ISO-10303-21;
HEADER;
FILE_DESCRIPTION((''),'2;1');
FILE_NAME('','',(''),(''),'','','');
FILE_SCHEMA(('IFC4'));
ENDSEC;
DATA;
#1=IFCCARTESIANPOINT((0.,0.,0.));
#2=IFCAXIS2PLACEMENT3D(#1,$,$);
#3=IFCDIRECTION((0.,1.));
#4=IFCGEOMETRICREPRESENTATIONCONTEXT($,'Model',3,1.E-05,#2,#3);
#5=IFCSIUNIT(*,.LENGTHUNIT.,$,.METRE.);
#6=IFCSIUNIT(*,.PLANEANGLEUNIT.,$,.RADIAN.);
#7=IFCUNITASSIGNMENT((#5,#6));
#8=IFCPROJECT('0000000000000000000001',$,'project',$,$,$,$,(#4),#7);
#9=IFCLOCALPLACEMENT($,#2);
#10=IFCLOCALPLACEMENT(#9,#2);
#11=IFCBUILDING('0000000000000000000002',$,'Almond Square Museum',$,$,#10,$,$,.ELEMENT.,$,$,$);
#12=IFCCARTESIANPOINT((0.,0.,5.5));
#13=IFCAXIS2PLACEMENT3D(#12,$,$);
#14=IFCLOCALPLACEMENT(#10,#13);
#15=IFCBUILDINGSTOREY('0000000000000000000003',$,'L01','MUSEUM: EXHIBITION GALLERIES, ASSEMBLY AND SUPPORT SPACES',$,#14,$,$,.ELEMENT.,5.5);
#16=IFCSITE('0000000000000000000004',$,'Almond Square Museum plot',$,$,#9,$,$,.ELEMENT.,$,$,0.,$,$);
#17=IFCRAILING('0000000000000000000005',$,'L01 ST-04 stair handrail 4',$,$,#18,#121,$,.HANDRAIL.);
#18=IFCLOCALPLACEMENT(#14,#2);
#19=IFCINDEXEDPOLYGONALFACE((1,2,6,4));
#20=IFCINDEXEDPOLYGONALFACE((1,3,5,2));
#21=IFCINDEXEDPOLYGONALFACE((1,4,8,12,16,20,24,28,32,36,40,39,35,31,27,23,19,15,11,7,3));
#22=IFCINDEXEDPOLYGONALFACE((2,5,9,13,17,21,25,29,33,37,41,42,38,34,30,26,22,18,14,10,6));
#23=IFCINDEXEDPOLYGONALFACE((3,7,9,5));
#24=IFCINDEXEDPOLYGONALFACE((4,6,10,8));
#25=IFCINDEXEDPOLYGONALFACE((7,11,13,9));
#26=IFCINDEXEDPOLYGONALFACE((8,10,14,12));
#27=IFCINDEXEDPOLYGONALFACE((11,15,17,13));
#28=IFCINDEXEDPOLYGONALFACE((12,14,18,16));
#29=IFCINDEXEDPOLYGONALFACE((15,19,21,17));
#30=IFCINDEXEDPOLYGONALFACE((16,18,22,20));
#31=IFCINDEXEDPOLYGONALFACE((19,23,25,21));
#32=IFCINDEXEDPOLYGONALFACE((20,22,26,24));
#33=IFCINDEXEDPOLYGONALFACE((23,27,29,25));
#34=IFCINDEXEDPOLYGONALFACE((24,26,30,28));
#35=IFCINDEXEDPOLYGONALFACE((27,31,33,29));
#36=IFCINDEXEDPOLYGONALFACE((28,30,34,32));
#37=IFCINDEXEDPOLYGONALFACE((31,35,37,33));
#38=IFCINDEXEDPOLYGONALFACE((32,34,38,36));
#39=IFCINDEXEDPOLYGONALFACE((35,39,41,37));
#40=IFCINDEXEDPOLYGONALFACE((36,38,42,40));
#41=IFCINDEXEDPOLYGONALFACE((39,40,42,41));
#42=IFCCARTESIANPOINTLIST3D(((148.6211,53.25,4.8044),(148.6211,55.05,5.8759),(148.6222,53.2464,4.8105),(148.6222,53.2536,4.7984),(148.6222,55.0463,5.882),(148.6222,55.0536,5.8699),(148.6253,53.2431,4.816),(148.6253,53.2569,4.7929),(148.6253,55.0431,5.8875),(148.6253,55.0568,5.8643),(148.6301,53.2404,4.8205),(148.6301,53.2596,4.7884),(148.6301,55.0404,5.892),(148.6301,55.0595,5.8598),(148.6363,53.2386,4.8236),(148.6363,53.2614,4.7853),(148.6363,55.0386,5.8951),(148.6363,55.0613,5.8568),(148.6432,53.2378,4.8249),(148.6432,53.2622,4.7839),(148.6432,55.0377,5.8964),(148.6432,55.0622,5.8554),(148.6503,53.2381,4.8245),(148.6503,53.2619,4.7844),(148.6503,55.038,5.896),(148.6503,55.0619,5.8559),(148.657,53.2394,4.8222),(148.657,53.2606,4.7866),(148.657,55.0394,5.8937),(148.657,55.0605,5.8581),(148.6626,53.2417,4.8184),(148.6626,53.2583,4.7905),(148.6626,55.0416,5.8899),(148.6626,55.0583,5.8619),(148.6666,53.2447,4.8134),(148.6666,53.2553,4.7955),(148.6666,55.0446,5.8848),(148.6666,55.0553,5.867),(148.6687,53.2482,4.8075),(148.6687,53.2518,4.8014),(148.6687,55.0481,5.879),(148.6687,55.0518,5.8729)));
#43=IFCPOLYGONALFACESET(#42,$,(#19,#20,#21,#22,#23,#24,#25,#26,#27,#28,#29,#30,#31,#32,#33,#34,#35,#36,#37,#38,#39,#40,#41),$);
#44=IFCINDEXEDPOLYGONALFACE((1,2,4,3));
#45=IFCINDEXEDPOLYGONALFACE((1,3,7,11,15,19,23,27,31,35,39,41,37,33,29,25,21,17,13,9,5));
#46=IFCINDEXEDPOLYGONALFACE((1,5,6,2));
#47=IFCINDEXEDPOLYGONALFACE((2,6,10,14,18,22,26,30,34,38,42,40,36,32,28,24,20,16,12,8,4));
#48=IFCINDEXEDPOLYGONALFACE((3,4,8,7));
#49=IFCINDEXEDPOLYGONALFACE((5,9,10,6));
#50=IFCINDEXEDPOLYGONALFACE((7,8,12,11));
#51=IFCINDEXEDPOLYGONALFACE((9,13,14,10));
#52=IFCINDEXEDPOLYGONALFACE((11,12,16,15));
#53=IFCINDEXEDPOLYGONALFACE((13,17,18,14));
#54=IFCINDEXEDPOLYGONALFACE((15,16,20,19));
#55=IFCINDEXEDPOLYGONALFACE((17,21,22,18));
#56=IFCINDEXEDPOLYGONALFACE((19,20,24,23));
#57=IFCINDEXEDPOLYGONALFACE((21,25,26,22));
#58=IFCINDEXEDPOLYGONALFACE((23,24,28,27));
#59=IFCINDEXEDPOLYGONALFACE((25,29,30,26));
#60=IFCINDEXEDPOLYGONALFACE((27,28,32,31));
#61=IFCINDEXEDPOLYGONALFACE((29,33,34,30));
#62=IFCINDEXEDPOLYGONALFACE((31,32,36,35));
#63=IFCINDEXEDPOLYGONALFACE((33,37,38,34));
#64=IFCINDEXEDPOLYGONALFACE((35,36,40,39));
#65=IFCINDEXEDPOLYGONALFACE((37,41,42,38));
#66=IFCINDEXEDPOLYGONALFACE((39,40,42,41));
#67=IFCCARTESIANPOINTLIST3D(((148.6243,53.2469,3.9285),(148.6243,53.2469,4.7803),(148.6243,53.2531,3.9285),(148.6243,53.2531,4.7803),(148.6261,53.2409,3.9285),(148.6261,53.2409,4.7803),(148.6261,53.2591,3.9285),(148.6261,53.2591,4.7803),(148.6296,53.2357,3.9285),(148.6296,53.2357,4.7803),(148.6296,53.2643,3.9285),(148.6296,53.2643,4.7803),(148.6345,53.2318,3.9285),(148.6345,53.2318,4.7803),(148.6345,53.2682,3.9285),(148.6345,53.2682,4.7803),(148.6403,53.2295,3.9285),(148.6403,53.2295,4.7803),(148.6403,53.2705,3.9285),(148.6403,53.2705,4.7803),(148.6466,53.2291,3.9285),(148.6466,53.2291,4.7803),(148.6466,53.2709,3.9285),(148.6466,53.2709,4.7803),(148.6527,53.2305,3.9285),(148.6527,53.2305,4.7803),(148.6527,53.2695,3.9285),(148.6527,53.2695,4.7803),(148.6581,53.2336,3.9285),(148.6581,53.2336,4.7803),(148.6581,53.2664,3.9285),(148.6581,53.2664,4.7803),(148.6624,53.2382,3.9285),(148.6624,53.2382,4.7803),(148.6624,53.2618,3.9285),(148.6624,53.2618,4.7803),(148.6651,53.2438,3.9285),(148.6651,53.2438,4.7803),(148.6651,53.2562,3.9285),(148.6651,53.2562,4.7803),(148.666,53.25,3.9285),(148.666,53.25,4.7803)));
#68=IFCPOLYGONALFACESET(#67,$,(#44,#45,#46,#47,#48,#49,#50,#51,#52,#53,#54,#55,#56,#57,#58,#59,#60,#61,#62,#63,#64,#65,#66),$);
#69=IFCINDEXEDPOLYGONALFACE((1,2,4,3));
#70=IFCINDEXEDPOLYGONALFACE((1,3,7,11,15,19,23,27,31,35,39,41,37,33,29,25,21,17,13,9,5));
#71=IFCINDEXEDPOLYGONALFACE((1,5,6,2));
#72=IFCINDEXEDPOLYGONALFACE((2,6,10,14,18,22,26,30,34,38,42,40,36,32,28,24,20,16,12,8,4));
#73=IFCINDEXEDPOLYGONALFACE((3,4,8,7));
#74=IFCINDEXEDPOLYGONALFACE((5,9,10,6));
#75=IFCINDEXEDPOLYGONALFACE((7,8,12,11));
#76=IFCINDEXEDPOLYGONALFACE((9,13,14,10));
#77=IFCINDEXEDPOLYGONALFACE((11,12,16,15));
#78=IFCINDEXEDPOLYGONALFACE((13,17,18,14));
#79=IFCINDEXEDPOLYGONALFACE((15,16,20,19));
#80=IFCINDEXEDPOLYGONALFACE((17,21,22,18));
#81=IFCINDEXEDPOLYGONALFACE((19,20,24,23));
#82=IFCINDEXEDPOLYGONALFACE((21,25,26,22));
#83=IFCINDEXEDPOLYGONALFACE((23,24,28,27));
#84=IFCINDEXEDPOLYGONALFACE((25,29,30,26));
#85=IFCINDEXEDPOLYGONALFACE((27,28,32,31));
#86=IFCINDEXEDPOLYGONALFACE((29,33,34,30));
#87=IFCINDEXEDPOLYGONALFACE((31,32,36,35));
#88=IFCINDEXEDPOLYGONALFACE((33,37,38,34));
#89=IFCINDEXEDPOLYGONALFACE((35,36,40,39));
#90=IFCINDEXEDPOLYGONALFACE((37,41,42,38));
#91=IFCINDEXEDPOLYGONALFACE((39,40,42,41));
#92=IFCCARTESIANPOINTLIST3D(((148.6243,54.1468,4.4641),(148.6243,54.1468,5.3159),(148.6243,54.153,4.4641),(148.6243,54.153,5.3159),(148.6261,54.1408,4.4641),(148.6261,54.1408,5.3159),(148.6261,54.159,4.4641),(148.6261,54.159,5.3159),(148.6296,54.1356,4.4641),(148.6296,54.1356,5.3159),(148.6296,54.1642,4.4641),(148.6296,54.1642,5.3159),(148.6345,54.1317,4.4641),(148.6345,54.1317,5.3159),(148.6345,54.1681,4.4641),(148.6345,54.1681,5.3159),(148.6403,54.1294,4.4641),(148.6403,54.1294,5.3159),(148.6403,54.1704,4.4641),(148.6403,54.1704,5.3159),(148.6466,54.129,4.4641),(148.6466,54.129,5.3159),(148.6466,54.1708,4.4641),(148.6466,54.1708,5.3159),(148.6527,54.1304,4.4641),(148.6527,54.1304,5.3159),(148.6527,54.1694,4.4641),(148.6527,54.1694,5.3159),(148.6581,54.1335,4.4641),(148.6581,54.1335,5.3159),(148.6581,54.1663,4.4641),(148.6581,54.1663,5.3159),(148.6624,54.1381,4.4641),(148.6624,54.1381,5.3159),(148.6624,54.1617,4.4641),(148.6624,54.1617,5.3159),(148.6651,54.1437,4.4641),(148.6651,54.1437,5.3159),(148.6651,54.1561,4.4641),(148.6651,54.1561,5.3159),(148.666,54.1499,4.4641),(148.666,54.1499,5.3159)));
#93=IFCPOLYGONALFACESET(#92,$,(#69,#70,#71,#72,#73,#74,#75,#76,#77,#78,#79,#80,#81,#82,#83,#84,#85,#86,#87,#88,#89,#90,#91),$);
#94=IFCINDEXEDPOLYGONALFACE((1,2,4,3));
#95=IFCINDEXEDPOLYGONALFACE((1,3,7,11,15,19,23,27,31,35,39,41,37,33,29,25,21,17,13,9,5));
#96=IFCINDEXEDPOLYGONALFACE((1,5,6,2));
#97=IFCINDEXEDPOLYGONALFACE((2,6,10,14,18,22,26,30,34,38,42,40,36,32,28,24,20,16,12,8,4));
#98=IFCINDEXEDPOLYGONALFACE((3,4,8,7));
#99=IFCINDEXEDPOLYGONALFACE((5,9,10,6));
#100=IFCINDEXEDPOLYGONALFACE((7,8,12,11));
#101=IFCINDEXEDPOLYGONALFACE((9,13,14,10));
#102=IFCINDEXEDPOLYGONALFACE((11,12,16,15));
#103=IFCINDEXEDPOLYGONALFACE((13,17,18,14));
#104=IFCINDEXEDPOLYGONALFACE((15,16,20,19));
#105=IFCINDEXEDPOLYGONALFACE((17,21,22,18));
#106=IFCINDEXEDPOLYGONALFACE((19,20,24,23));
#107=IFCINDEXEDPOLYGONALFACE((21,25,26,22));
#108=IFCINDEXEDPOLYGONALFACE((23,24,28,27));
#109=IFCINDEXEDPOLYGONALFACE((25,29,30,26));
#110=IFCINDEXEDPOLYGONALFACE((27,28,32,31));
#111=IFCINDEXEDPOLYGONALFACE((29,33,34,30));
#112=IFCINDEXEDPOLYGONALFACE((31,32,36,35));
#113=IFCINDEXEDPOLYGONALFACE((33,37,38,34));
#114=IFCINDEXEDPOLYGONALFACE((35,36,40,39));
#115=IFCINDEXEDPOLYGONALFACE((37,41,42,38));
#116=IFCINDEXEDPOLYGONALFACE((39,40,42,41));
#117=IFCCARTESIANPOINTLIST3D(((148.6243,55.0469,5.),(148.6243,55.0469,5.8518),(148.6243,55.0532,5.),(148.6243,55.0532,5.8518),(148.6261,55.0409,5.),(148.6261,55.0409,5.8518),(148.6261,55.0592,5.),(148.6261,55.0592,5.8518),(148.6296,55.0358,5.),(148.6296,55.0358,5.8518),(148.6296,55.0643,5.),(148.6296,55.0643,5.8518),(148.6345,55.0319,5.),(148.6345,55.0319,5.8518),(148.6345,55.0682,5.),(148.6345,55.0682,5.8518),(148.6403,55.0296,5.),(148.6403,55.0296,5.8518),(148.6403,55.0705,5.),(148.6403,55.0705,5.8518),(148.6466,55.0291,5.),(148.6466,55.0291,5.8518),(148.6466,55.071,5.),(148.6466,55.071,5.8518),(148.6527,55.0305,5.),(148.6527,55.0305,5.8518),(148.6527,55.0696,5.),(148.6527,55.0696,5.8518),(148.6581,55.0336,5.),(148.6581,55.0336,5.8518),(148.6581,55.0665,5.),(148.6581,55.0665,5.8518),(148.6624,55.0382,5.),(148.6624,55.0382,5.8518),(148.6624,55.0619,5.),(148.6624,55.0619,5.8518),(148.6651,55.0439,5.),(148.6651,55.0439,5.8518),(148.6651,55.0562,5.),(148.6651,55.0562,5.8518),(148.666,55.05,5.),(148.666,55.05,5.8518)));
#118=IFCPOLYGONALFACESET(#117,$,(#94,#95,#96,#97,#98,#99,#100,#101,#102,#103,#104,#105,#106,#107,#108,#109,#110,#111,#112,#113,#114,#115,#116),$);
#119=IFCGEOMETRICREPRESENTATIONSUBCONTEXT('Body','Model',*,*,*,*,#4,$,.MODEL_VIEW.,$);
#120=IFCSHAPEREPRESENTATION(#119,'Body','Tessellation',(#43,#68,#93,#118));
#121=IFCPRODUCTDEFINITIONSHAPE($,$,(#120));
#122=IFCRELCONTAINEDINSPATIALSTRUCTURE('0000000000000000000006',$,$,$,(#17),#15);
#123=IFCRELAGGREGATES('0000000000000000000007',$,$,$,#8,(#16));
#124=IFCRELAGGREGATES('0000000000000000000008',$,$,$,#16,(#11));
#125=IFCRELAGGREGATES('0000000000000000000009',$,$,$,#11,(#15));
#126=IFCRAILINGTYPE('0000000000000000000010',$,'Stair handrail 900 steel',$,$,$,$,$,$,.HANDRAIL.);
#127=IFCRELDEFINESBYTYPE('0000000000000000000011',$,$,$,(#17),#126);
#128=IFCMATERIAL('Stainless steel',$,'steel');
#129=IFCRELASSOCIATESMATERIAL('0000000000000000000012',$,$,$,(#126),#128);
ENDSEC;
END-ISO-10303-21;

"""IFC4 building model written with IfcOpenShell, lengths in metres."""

from ifc_helpers import new_model, si_unit, direction, frame, origin, origin_2d, place, context, subcontext, project, spatial, circle, extrude, material, type_object, element, save


model = new_model("IFC4")

# Units and contexts
model_context = context("Model", 3, precision=1e-05, world=origin(), true_north=direction((0.0, 1.0)))
body_context = subcontext(model_context, "Body", "Model", "MODEL_VIEW")
ifc_project = project(units=[si_unit("LENGTHUNIT", "METRE"), si_unit("PLANEANGLEUNIT", "RADIAN")], contexts=[model_context])

# Site, building, storey
site_placement = place(None, origin())
site = spatial("IfcSite", under=ifc_project, at=site_placement, Name="Almond Square Museum plot", CompositionType="ELEMENT", RefElevation=0.0)
building_placement = place(site_placement, origin())
building = spatial("IfcBuilding", under=site, at=building_placement, Name="Almond Square Museum", CompositionType="ELEMENT")
storey_placement = place(building_placement, frame((0.0, 0.0, 5.5)))
storey = spatial("IfcBuildingStorey", under=building, at=storey_placement, Name="L01", Description="MUSEUM: EXHIBITION GALLERIES, ASSEMBLY AND SUPPORT SPACES", CompositionType="ELEMENT", Elevation=5.5)

# Railing
ifc_material_1 = material(Name="Stainless steel", Category="steel")
railing_type_1 = type_object("IfcRailingType", Name="Stair handrail 900 steel", PredefinedType="HANDRAIL", material=ifc_material_1)
railing_1_placement = place(storey_placement, frame((148.645, 53.25, 3.9285)))
element("IfcRailing", 1, at=railing_1_placement, inside=storey, type_object=railing_type_1, Name="L01 ST-04 stair handrail 4", PredefinedType="HANDRAIL", context=body_context, shape_type="SweptSolid", body=[
    extrude(circle(Radius=0.0239, at=origin_2d()), frame((0.0, 0.0, 0.876), z_axis=(0.0, 0.859277, 0.51151), x_axis=(-1.0, 0.0, 0.0)), (0.0, 0.0, 1.0), 2.0947),
    extrude(circle(Radius=0.021, at=origin_2d()), origin(), (0.0, 0.0, 1.0), 0.8518),
    extrude(circle(Radius=0.021, at=origin_2d()), frame((0.0, 0.8999, 0.5356)), (0.0, 0.0, 1.0), 0.8518),
    extrude(circle(Radius=0.021, at=origin_2d()), frame((0.0, 1.8, 1.0715)), (0.0, 0.0, 1.0), 0.8518),
])

save(model, "model.ifc")
